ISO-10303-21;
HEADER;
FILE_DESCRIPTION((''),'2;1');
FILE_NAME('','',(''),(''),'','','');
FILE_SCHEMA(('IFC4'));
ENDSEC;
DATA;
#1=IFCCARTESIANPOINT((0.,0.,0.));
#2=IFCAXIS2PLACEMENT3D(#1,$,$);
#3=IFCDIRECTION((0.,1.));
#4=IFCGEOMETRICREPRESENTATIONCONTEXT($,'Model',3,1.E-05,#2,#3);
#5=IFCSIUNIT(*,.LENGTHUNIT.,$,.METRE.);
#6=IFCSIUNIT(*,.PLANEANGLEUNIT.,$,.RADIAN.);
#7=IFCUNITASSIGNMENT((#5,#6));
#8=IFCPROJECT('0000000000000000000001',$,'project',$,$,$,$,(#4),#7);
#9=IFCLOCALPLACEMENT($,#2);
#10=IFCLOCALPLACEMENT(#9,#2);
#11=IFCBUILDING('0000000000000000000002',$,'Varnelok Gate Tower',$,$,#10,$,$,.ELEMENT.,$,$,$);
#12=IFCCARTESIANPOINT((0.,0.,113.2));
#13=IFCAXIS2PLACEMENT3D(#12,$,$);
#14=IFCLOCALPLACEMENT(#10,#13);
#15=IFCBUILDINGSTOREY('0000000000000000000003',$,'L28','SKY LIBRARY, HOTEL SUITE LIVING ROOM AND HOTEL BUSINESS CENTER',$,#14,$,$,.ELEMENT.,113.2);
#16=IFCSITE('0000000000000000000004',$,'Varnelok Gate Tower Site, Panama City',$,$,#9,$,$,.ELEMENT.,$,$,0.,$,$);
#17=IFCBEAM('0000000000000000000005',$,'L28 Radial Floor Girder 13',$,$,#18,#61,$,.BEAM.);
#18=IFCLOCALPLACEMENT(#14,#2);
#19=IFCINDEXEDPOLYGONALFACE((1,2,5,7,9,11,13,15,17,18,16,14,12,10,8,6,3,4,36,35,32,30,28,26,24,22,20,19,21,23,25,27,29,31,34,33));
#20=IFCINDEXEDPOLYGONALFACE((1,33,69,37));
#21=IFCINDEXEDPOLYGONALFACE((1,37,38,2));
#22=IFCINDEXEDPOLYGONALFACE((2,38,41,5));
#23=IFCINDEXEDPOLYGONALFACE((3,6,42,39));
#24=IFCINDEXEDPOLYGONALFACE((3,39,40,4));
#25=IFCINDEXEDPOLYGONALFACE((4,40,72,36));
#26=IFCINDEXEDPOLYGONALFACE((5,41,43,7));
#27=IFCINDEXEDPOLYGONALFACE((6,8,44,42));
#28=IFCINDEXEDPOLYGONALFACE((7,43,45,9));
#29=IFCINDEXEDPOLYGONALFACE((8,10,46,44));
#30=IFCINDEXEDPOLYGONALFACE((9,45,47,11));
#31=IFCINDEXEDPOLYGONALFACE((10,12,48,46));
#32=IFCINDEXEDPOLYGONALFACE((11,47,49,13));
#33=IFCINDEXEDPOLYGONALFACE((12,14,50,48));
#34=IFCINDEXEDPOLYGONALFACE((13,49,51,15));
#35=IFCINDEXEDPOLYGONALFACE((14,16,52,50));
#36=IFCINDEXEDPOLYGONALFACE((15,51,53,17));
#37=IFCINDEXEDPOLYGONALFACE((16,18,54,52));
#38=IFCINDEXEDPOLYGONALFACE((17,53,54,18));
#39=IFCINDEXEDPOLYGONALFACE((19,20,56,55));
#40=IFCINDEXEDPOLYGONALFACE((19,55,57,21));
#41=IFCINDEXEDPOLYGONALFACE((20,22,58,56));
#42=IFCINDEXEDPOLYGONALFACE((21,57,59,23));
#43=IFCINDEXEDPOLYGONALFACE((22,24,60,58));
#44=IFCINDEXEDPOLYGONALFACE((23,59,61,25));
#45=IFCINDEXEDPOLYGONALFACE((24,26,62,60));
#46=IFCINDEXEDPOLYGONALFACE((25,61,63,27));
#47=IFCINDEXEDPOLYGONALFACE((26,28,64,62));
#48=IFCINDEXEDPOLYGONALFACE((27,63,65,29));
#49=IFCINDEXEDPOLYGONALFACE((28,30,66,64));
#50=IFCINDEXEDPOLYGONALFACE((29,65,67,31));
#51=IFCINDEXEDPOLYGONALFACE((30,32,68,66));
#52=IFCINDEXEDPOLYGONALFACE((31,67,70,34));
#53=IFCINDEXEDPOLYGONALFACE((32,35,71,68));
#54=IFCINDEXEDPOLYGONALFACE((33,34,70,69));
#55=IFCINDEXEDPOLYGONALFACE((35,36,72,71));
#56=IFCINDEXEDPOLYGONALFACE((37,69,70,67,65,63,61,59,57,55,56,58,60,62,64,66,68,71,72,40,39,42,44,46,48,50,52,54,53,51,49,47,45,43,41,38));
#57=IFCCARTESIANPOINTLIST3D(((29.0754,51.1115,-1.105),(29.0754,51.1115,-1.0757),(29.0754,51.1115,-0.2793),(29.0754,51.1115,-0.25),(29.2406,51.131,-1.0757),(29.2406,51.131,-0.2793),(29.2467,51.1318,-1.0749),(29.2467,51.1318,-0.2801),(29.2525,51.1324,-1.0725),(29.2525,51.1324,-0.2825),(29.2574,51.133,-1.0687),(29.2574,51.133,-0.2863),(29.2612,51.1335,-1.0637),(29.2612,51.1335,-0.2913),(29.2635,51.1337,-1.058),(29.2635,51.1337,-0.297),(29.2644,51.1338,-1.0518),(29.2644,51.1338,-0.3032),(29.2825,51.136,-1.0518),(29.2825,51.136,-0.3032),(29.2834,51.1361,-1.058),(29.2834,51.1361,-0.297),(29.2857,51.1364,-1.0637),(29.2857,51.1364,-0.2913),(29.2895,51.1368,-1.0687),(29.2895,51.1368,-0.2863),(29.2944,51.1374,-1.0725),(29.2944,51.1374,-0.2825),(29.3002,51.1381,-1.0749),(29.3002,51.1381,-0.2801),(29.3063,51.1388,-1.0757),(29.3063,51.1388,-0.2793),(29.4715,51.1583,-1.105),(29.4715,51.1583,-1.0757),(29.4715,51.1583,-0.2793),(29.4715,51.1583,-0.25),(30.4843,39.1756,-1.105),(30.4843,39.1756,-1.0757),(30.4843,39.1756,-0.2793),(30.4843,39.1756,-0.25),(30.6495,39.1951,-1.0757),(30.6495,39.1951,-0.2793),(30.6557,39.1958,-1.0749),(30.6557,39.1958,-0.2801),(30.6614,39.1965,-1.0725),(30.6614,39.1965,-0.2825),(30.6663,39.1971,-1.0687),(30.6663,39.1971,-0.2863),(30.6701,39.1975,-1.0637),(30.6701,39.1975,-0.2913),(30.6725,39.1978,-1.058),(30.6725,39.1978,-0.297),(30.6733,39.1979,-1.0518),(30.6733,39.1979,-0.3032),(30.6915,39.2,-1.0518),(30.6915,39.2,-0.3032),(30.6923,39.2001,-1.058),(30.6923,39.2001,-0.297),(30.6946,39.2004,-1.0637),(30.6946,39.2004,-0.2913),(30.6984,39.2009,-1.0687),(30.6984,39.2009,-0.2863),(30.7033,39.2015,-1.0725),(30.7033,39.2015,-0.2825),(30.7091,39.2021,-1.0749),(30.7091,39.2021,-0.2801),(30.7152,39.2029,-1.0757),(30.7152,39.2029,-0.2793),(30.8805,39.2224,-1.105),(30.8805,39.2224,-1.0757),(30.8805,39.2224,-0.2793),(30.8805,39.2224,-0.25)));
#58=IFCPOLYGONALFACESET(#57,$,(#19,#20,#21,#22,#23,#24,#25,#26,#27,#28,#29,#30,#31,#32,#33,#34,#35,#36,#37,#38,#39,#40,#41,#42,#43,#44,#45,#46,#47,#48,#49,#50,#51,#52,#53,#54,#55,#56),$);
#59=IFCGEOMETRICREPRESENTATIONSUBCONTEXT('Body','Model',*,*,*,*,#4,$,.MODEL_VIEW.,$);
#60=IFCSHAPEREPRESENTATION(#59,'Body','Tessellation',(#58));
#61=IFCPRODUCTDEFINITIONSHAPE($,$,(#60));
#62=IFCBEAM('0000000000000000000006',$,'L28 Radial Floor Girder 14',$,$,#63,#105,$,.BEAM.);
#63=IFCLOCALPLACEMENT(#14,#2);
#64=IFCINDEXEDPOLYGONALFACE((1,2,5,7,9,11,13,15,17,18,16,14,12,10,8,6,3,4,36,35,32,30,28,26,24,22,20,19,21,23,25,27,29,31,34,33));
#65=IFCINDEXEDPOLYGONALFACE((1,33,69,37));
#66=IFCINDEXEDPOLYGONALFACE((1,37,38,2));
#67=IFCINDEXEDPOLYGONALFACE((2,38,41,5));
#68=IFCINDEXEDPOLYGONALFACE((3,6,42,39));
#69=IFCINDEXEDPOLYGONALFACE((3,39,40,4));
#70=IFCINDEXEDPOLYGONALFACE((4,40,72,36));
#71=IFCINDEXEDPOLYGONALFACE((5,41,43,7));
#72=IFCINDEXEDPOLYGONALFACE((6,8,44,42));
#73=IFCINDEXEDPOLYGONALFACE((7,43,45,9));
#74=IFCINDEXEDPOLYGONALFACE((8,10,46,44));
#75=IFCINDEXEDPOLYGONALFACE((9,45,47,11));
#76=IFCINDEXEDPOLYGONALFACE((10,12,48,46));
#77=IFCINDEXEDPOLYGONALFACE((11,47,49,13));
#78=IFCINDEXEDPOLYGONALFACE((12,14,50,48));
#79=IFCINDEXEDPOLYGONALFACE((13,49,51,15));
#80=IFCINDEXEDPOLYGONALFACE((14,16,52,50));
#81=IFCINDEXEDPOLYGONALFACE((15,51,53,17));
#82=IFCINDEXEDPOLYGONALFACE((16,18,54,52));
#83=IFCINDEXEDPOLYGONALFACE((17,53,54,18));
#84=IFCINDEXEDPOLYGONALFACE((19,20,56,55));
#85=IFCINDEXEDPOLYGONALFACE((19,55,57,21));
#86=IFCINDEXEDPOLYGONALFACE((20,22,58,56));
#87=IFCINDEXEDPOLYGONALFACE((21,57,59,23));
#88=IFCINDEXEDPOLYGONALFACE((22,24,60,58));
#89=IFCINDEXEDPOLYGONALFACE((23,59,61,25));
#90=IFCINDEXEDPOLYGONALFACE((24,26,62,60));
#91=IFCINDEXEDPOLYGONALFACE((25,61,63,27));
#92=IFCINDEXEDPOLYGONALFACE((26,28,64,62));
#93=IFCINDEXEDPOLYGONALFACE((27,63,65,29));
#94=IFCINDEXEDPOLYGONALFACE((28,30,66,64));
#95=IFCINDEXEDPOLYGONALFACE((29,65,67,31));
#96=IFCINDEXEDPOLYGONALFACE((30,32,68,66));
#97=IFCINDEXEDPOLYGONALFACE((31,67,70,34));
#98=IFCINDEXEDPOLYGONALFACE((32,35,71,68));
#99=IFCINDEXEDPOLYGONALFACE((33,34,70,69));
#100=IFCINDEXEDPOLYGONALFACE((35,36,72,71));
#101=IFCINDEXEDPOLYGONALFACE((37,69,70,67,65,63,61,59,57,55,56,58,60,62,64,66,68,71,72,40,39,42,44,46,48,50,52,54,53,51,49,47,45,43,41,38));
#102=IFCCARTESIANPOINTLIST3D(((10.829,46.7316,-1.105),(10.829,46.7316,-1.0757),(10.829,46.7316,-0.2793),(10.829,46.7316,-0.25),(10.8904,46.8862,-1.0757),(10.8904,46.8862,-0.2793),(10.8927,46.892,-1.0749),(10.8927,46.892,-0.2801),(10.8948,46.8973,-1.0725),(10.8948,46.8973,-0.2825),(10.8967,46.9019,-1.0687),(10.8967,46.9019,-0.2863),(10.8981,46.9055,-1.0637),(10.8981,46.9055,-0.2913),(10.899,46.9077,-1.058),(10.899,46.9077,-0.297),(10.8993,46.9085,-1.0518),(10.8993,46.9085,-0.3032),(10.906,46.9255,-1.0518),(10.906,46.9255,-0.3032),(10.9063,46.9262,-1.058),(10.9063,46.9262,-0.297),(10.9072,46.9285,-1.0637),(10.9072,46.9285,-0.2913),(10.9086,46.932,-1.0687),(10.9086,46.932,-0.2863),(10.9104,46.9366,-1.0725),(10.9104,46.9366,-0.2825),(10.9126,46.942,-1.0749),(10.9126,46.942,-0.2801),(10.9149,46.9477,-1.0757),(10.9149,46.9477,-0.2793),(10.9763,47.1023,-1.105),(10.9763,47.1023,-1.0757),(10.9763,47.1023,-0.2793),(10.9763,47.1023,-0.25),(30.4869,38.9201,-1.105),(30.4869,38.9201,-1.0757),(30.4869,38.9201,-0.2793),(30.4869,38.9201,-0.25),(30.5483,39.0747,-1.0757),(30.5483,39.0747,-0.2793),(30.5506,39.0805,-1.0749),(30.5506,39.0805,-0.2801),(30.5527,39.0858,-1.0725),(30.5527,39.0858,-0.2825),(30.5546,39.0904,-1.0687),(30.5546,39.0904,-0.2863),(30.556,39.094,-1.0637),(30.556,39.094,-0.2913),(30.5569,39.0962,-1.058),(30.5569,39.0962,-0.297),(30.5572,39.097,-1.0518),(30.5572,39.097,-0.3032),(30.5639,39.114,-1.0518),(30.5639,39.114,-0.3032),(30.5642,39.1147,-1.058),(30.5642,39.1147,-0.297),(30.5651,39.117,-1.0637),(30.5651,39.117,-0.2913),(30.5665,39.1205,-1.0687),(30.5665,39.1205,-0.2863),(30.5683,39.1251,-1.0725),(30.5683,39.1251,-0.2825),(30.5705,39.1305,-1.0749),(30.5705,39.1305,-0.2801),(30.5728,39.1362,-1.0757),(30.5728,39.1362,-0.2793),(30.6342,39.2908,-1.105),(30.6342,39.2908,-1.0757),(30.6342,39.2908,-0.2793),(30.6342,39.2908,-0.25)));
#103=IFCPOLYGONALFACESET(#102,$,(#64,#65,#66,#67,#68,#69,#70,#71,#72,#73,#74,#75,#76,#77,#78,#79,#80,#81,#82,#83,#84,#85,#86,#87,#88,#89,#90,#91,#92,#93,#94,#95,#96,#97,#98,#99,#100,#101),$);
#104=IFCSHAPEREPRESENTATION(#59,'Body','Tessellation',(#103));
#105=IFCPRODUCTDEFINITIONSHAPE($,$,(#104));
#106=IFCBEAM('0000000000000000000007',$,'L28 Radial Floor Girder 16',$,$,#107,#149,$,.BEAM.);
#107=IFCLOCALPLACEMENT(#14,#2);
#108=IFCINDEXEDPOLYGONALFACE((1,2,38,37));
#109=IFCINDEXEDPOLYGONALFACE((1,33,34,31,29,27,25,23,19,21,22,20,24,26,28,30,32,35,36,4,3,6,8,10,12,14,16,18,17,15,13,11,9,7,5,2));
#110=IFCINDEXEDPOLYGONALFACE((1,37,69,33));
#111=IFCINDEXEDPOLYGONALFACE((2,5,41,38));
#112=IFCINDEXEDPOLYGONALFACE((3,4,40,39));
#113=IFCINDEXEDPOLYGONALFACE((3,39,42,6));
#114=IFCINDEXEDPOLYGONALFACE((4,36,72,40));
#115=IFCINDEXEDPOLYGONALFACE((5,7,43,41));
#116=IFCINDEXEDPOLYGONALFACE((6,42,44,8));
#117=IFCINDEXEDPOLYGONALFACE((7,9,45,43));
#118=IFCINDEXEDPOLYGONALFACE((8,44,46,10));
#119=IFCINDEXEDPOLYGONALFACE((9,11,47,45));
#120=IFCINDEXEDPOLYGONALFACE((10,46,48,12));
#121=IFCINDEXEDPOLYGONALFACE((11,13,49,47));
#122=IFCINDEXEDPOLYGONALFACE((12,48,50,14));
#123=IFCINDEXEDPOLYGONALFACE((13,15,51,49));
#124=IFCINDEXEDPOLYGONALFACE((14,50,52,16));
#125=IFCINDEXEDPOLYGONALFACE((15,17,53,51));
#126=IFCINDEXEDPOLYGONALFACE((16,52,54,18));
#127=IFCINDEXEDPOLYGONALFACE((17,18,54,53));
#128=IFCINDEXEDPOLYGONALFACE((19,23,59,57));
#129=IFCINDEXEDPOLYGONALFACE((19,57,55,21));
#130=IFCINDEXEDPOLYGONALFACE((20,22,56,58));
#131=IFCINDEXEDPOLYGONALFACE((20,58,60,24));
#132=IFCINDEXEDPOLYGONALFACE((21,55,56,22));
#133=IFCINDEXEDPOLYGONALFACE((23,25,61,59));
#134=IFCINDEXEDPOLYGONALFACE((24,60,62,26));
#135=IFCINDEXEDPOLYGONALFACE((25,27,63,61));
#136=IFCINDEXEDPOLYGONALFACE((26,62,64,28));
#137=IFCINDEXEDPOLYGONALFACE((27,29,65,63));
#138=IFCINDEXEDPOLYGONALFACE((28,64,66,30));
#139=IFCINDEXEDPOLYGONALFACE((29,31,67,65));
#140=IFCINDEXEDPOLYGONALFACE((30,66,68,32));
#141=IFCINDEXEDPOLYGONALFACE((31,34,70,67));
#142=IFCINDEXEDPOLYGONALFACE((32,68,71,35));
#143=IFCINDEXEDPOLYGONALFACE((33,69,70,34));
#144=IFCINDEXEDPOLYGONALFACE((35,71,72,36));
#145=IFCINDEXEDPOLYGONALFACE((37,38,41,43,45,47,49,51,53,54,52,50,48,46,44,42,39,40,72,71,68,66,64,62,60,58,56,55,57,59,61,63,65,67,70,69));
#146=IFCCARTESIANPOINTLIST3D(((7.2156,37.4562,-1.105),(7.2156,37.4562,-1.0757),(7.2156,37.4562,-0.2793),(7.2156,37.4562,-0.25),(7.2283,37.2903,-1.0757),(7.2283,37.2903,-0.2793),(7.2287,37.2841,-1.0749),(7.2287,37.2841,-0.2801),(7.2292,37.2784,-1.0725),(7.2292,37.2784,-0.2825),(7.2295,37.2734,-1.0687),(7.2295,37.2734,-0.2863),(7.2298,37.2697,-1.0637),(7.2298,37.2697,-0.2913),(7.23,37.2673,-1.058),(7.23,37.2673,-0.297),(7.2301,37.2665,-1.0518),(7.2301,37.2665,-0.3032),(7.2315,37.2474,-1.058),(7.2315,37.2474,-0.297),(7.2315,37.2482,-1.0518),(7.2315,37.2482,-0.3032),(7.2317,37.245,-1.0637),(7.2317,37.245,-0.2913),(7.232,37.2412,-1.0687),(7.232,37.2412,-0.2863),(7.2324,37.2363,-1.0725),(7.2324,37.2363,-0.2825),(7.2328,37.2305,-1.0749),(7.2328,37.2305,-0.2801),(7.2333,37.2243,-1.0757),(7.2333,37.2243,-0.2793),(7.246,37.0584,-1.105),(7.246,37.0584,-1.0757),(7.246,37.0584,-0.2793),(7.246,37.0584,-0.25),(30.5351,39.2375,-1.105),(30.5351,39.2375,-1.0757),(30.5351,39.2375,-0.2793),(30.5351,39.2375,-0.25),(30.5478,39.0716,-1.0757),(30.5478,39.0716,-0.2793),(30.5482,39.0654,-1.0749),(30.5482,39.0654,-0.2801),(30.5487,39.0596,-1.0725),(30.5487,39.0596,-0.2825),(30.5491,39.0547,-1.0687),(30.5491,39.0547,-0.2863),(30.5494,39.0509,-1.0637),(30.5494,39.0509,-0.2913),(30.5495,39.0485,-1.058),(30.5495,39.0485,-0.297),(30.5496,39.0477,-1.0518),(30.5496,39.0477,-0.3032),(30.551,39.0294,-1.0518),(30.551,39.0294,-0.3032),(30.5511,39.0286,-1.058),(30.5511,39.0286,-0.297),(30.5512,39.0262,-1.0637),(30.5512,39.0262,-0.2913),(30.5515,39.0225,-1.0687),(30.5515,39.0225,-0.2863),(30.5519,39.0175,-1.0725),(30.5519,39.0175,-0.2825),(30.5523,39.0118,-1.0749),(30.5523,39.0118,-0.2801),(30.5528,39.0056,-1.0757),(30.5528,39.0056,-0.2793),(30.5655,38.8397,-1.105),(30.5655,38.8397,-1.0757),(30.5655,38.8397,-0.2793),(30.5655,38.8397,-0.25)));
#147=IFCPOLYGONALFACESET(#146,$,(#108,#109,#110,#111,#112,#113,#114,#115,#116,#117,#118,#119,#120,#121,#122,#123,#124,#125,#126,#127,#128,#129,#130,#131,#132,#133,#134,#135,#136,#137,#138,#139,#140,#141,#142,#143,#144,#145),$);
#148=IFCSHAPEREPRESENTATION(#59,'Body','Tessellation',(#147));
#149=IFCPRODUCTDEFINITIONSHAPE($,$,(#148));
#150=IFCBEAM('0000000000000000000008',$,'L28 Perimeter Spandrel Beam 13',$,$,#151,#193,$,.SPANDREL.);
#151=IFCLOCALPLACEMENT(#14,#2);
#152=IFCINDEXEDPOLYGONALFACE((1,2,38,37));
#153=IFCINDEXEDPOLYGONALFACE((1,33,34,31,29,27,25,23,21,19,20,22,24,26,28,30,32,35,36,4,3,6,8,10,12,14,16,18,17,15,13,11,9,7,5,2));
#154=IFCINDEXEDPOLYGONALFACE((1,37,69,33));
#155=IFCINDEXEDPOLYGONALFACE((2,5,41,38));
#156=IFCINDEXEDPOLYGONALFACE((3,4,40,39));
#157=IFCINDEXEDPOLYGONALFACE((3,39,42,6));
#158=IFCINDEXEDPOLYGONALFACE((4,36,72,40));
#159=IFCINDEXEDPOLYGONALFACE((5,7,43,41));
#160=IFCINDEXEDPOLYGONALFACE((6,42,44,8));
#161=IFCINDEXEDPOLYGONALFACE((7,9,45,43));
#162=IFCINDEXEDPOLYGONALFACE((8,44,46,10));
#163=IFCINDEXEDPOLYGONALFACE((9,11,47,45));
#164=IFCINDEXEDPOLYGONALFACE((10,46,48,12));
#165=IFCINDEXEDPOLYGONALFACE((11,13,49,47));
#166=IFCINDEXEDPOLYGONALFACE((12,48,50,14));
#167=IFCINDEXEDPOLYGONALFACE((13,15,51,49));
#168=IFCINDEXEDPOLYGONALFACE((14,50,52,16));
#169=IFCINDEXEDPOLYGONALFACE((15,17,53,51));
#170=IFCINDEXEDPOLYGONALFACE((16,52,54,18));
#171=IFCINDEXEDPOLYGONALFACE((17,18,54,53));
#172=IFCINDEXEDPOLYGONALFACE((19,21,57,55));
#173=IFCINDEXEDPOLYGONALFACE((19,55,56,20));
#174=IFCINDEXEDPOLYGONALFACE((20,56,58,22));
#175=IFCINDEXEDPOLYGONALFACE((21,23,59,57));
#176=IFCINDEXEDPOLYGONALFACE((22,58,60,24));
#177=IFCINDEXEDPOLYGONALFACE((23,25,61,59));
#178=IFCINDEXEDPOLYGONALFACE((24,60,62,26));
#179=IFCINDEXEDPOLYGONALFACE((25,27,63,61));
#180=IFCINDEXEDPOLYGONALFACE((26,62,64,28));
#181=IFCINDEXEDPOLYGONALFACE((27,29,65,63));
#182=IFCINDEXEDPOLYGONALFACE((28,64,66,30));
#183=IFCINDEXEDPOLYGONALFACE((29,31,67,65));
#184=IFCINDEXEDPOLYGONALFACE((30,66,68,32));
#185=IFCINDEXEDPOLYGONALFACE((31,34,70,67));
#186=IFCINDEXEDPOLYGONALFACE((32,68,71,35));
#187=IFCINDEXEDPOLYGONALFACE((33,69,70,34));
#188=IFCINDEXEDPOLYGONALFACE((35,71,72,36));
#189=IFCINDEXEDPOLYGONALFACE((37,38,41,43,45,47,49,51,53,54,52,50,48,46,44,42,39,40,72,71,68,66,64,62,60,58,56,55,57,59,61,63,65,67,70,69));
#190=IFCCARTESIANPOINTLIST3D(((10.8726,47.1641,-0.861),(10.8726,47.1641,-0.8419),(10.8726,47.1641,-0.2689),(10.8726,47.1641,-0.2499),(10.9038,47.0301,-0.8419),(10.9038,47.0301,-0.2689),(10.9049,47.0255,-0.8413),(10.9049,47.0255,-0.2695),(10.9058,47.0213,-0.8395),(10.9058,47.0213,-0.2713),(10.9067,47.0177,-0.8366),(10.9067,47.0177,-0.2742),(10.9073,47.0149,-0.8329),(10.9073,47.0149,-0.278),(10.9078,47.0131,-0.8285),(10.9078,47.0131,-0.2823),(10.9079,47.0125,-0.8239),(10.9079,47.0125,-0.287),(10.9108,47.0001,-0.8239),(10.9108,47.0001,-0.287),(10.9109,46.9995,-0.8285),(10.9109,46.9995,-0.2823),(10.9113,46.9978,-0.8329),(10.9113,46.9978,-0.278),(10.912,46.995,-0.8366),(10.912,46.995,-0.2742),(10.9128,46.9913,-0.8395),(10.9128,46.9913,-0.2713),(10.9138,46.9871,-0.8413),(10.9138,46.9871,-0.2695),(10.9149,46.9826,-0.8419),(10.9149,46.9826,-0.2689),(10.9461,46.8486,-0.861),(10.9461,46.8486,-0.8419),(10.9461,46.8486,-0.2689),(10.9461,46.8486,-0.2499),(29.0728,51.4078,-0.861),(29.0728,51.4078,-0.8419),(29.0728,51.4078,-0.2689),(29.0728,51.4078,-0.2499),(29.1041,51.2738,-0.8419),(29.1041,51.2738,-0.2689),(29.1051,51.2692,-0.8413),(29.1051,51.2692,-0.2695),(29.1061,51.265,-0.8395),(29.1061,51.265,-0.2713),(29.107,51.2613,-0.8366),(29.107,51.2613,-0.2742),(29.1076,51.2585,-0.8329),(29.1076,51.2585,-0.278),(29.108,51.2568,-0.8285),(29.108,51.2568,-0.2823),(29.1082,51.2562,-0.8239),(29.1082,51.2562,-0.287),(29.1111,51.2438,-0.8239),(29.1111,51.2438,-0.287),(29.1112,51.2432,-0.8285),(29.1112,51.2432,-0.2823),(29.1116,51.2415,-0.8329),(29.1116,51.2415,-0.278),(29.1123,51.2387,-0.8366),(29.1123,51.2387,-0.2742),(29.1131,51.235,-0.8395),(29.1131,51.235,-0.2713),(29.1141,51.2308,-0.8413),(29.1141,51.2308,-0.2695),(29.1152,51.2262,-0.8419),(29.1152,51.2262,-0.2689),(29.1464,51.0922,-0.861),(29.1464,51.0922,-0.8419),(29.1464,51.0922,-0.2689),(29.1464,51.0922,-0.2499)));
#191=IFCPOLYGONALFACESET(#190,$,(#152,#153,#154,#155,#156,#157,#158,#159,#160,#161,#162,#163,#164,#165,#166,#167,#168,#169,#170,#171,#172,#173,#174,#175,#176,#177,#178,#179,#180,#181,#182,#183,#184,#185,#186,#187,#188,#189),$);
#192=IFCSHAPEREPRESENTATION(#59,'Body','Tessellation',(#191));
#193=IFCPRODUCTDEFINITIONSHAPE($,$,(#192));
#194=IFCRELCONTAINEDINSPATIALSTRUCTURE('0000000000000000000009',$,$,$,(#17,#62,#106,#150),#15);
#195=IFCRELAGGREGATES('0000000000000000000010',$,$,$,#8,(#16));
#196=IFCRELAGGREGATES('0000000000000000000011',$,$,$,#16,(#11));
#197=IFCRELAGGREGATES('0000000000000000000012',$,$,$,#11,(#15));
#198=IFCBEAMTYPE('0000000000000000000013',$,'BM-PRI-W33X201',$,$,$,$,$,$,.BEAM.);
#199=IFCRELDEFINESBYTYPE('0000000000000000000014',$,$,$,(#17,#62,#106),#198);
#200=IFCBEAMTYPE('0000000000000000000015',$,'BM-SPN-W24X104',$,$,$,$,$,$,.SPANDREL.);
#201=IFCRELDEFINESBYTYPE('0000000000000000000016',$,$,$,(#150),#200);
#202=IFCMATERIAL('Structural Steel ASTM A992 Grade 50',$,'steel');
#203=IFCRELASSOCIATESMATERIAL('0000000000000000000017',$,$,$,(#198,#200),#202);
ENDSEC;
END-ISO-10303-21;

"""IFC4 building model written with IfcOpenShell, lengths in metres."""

from ifc_helpers import new_model, si_unit, direction, frame, origin, origin_2d, place, context, subcontext, project, spatial, i_section, extrude, material, material_profile, profile_set, type_object, element, save


model = new_model("IFC4")

# Units and contexts
model_context = context("Model", 3, precision=1e-05, world=origin(), true_north=direction((0.0, 1.0)))
body_context = subcontext(model_context, "Body", "Model", "MODEL_VIEW")
ifc_project = project(units=[si_unit("LENGTHUNIT", "METRE"), si_unit("PLANEANGLEUNIT", "RADIAN")], contexts=[model_context])

# Site, building, storey
site_placement = place(None, origin())
site = spatial("IfcSite", under=ifc_project, at=site_placement, Name="Varnelok Gate Tower Site, Panama City", CompositionType="ELEMENT", RefElevation=0.0)
building_placement = place(site_placement, origin())
building = spatial("IfcBuilding", under=site, at=building_placement, Name="Varnelok Gate Tower", CompositionType="ELEMENT")
storey_placement = place(building_placement, frame((0.0, 0.0, 113.2)))
storey = spatial("IfcBuildingStorey", under=building, at=storey_placement, Name="L28", Description="SKY LIBRARY, HOTEL SUITE LIVING ROOM AND HOTEL BUSINESS CENTER", CompositionType="ELEMENT", Elevation=113.2)

# Shared definitions
ifc_material_1 = material(Name="Structural Steel ASTM A992 Grade 50", Category="steel")

# Beams
ifc_material_profile_1 = material_profile(ifc_material_1, i_section(OverallWidth=0.3989, OverallDepth=0.855, WebThickness=0.0183, FlangeThickness=0.0293, FilletRadius=0.0239, at=origin_2d()), Name="W33X201")
ifc_profile_set_1 = profile_set([ifc_material_profile_1], Name="Structural Steel ASTM A992 Grade 50")
beam_type_1 = type_object("IfcBeamType", Name="BM-PRI-W33X201", PredefinedType="BEAM", material=ifc_profile_set_1)
beam_1_placement = place(storey_placement, frame((30.6824, 39.199, -0.6775), z_axis=(-0.117227, 0.993105, 0.0), x_axis=(-0.993105, -0.117227, 0.0)))
element("IfcBeam", 1, at=beam_1_placement, inside=storey, type_object=beam_type_1, Name="L28 Radial Floor Girder 13", PredefinedType="BEAM", context=body_context, shape_type="SweptSolid", body=[
    extrude(i_section(OverallWidth=0.3989, OverallDepth=0.855, WebThickness=0.0183, FlangeThickness=0.0293, FilletRadius=0.0239, at=origin_2d()), origin(), (0.0, 0.0, 1.0), 12.0188),
])
beam_2_placement = place(storey_placement, frame((30.5605, 39.1055, -0.6775), z_axis=(-0.929316, 0.369284, 0.0), x_axis=(-0.369284, -0.929316, 0.0)))
element("IfcBeam", 2, at=beam_2_placement, inside=storey, type_object=beam_type_1, Name="L28 Radial Floor Girder 14", PredefinedType="BEAM", context=body_context, shape_type="SweptSolid", body=[
    extrude(i_section(OverallWidth=0.3989, OverallDepth=0.855, WebThickness=0.0183, FlangeThickness=0.0293, FilletRadius=0.0239, at=origin_2d()), origin(), (0.0, 0.0, 1.0), 21.1531),
])
beam_3_placement = place(storey_placement, frame((30.5503, 39.0386, -0.6775), z_axis=(-0.997095, -0.076162, 0.0), x_axis=(0.076162, -0.997095, 0.0)))
element("IfcBeam", 3, at=beam_3_placement, inside=storey, type_object=beam_type_1, Name="L28 Radial Floor Girder 16", PredefinedType="BEAM", context=body_context, shape_type="SweptSolid", body=[
    extrude(i_section(OverallWidth=0.3989, OverallDepth=0.855, WebThickness=0.0183, FlangeThickness=0.0293, FilletRadius=0.0239, at=origin_2d()), origin(), (0.0, 0.0, 1.0), 23.3875),
])
ifc_material_profile_2 = material_profile(ifc_material_1, i_section(OverallWidth=0.324, OverallDepth=0.6111, WebThickness=0.0127, FlangeThickness=0.019, FilletRadius=0.0181, at=origin_2d()), Name="W24X104")
ifc_profile_set_2 = profile_set([ifc_material_profile_2], Name="Structural Steel ASTM A992 Grade 50")
beam_type_2 = type_object("IfcBeamType", Name="BM-SPN-W24X104", PredefinedType="SPANDREL", material=ifc_profile_set_2)
beam_4_placement = place(storey_placement, frame((29.1096, 51.25, -0.5554), z_axis=(-0.973877, -0.227074, 0.0), x_axis=(0.227074, -0.973877, 0.0)))
element("IfcBeam", 4, at=beam_4_placement, inside=storey, type_object=beam_type_2, Name="L28 Perimeter Spandrel Beam 13", PredefinedType="SPANDREL", context=body_context, shape_type="SweptSolid", body=[
    extrude(i_section(OverallWidth=0.324, OverallDepth=0.6111, WebThickness=0.0127, FlangeThickness=0.019, FilletRadius=0.0181, at=origin_2d()), origin(), (0.0, 0.0, 1.0), 18.6885),
])

save(model, "model.ifc")
